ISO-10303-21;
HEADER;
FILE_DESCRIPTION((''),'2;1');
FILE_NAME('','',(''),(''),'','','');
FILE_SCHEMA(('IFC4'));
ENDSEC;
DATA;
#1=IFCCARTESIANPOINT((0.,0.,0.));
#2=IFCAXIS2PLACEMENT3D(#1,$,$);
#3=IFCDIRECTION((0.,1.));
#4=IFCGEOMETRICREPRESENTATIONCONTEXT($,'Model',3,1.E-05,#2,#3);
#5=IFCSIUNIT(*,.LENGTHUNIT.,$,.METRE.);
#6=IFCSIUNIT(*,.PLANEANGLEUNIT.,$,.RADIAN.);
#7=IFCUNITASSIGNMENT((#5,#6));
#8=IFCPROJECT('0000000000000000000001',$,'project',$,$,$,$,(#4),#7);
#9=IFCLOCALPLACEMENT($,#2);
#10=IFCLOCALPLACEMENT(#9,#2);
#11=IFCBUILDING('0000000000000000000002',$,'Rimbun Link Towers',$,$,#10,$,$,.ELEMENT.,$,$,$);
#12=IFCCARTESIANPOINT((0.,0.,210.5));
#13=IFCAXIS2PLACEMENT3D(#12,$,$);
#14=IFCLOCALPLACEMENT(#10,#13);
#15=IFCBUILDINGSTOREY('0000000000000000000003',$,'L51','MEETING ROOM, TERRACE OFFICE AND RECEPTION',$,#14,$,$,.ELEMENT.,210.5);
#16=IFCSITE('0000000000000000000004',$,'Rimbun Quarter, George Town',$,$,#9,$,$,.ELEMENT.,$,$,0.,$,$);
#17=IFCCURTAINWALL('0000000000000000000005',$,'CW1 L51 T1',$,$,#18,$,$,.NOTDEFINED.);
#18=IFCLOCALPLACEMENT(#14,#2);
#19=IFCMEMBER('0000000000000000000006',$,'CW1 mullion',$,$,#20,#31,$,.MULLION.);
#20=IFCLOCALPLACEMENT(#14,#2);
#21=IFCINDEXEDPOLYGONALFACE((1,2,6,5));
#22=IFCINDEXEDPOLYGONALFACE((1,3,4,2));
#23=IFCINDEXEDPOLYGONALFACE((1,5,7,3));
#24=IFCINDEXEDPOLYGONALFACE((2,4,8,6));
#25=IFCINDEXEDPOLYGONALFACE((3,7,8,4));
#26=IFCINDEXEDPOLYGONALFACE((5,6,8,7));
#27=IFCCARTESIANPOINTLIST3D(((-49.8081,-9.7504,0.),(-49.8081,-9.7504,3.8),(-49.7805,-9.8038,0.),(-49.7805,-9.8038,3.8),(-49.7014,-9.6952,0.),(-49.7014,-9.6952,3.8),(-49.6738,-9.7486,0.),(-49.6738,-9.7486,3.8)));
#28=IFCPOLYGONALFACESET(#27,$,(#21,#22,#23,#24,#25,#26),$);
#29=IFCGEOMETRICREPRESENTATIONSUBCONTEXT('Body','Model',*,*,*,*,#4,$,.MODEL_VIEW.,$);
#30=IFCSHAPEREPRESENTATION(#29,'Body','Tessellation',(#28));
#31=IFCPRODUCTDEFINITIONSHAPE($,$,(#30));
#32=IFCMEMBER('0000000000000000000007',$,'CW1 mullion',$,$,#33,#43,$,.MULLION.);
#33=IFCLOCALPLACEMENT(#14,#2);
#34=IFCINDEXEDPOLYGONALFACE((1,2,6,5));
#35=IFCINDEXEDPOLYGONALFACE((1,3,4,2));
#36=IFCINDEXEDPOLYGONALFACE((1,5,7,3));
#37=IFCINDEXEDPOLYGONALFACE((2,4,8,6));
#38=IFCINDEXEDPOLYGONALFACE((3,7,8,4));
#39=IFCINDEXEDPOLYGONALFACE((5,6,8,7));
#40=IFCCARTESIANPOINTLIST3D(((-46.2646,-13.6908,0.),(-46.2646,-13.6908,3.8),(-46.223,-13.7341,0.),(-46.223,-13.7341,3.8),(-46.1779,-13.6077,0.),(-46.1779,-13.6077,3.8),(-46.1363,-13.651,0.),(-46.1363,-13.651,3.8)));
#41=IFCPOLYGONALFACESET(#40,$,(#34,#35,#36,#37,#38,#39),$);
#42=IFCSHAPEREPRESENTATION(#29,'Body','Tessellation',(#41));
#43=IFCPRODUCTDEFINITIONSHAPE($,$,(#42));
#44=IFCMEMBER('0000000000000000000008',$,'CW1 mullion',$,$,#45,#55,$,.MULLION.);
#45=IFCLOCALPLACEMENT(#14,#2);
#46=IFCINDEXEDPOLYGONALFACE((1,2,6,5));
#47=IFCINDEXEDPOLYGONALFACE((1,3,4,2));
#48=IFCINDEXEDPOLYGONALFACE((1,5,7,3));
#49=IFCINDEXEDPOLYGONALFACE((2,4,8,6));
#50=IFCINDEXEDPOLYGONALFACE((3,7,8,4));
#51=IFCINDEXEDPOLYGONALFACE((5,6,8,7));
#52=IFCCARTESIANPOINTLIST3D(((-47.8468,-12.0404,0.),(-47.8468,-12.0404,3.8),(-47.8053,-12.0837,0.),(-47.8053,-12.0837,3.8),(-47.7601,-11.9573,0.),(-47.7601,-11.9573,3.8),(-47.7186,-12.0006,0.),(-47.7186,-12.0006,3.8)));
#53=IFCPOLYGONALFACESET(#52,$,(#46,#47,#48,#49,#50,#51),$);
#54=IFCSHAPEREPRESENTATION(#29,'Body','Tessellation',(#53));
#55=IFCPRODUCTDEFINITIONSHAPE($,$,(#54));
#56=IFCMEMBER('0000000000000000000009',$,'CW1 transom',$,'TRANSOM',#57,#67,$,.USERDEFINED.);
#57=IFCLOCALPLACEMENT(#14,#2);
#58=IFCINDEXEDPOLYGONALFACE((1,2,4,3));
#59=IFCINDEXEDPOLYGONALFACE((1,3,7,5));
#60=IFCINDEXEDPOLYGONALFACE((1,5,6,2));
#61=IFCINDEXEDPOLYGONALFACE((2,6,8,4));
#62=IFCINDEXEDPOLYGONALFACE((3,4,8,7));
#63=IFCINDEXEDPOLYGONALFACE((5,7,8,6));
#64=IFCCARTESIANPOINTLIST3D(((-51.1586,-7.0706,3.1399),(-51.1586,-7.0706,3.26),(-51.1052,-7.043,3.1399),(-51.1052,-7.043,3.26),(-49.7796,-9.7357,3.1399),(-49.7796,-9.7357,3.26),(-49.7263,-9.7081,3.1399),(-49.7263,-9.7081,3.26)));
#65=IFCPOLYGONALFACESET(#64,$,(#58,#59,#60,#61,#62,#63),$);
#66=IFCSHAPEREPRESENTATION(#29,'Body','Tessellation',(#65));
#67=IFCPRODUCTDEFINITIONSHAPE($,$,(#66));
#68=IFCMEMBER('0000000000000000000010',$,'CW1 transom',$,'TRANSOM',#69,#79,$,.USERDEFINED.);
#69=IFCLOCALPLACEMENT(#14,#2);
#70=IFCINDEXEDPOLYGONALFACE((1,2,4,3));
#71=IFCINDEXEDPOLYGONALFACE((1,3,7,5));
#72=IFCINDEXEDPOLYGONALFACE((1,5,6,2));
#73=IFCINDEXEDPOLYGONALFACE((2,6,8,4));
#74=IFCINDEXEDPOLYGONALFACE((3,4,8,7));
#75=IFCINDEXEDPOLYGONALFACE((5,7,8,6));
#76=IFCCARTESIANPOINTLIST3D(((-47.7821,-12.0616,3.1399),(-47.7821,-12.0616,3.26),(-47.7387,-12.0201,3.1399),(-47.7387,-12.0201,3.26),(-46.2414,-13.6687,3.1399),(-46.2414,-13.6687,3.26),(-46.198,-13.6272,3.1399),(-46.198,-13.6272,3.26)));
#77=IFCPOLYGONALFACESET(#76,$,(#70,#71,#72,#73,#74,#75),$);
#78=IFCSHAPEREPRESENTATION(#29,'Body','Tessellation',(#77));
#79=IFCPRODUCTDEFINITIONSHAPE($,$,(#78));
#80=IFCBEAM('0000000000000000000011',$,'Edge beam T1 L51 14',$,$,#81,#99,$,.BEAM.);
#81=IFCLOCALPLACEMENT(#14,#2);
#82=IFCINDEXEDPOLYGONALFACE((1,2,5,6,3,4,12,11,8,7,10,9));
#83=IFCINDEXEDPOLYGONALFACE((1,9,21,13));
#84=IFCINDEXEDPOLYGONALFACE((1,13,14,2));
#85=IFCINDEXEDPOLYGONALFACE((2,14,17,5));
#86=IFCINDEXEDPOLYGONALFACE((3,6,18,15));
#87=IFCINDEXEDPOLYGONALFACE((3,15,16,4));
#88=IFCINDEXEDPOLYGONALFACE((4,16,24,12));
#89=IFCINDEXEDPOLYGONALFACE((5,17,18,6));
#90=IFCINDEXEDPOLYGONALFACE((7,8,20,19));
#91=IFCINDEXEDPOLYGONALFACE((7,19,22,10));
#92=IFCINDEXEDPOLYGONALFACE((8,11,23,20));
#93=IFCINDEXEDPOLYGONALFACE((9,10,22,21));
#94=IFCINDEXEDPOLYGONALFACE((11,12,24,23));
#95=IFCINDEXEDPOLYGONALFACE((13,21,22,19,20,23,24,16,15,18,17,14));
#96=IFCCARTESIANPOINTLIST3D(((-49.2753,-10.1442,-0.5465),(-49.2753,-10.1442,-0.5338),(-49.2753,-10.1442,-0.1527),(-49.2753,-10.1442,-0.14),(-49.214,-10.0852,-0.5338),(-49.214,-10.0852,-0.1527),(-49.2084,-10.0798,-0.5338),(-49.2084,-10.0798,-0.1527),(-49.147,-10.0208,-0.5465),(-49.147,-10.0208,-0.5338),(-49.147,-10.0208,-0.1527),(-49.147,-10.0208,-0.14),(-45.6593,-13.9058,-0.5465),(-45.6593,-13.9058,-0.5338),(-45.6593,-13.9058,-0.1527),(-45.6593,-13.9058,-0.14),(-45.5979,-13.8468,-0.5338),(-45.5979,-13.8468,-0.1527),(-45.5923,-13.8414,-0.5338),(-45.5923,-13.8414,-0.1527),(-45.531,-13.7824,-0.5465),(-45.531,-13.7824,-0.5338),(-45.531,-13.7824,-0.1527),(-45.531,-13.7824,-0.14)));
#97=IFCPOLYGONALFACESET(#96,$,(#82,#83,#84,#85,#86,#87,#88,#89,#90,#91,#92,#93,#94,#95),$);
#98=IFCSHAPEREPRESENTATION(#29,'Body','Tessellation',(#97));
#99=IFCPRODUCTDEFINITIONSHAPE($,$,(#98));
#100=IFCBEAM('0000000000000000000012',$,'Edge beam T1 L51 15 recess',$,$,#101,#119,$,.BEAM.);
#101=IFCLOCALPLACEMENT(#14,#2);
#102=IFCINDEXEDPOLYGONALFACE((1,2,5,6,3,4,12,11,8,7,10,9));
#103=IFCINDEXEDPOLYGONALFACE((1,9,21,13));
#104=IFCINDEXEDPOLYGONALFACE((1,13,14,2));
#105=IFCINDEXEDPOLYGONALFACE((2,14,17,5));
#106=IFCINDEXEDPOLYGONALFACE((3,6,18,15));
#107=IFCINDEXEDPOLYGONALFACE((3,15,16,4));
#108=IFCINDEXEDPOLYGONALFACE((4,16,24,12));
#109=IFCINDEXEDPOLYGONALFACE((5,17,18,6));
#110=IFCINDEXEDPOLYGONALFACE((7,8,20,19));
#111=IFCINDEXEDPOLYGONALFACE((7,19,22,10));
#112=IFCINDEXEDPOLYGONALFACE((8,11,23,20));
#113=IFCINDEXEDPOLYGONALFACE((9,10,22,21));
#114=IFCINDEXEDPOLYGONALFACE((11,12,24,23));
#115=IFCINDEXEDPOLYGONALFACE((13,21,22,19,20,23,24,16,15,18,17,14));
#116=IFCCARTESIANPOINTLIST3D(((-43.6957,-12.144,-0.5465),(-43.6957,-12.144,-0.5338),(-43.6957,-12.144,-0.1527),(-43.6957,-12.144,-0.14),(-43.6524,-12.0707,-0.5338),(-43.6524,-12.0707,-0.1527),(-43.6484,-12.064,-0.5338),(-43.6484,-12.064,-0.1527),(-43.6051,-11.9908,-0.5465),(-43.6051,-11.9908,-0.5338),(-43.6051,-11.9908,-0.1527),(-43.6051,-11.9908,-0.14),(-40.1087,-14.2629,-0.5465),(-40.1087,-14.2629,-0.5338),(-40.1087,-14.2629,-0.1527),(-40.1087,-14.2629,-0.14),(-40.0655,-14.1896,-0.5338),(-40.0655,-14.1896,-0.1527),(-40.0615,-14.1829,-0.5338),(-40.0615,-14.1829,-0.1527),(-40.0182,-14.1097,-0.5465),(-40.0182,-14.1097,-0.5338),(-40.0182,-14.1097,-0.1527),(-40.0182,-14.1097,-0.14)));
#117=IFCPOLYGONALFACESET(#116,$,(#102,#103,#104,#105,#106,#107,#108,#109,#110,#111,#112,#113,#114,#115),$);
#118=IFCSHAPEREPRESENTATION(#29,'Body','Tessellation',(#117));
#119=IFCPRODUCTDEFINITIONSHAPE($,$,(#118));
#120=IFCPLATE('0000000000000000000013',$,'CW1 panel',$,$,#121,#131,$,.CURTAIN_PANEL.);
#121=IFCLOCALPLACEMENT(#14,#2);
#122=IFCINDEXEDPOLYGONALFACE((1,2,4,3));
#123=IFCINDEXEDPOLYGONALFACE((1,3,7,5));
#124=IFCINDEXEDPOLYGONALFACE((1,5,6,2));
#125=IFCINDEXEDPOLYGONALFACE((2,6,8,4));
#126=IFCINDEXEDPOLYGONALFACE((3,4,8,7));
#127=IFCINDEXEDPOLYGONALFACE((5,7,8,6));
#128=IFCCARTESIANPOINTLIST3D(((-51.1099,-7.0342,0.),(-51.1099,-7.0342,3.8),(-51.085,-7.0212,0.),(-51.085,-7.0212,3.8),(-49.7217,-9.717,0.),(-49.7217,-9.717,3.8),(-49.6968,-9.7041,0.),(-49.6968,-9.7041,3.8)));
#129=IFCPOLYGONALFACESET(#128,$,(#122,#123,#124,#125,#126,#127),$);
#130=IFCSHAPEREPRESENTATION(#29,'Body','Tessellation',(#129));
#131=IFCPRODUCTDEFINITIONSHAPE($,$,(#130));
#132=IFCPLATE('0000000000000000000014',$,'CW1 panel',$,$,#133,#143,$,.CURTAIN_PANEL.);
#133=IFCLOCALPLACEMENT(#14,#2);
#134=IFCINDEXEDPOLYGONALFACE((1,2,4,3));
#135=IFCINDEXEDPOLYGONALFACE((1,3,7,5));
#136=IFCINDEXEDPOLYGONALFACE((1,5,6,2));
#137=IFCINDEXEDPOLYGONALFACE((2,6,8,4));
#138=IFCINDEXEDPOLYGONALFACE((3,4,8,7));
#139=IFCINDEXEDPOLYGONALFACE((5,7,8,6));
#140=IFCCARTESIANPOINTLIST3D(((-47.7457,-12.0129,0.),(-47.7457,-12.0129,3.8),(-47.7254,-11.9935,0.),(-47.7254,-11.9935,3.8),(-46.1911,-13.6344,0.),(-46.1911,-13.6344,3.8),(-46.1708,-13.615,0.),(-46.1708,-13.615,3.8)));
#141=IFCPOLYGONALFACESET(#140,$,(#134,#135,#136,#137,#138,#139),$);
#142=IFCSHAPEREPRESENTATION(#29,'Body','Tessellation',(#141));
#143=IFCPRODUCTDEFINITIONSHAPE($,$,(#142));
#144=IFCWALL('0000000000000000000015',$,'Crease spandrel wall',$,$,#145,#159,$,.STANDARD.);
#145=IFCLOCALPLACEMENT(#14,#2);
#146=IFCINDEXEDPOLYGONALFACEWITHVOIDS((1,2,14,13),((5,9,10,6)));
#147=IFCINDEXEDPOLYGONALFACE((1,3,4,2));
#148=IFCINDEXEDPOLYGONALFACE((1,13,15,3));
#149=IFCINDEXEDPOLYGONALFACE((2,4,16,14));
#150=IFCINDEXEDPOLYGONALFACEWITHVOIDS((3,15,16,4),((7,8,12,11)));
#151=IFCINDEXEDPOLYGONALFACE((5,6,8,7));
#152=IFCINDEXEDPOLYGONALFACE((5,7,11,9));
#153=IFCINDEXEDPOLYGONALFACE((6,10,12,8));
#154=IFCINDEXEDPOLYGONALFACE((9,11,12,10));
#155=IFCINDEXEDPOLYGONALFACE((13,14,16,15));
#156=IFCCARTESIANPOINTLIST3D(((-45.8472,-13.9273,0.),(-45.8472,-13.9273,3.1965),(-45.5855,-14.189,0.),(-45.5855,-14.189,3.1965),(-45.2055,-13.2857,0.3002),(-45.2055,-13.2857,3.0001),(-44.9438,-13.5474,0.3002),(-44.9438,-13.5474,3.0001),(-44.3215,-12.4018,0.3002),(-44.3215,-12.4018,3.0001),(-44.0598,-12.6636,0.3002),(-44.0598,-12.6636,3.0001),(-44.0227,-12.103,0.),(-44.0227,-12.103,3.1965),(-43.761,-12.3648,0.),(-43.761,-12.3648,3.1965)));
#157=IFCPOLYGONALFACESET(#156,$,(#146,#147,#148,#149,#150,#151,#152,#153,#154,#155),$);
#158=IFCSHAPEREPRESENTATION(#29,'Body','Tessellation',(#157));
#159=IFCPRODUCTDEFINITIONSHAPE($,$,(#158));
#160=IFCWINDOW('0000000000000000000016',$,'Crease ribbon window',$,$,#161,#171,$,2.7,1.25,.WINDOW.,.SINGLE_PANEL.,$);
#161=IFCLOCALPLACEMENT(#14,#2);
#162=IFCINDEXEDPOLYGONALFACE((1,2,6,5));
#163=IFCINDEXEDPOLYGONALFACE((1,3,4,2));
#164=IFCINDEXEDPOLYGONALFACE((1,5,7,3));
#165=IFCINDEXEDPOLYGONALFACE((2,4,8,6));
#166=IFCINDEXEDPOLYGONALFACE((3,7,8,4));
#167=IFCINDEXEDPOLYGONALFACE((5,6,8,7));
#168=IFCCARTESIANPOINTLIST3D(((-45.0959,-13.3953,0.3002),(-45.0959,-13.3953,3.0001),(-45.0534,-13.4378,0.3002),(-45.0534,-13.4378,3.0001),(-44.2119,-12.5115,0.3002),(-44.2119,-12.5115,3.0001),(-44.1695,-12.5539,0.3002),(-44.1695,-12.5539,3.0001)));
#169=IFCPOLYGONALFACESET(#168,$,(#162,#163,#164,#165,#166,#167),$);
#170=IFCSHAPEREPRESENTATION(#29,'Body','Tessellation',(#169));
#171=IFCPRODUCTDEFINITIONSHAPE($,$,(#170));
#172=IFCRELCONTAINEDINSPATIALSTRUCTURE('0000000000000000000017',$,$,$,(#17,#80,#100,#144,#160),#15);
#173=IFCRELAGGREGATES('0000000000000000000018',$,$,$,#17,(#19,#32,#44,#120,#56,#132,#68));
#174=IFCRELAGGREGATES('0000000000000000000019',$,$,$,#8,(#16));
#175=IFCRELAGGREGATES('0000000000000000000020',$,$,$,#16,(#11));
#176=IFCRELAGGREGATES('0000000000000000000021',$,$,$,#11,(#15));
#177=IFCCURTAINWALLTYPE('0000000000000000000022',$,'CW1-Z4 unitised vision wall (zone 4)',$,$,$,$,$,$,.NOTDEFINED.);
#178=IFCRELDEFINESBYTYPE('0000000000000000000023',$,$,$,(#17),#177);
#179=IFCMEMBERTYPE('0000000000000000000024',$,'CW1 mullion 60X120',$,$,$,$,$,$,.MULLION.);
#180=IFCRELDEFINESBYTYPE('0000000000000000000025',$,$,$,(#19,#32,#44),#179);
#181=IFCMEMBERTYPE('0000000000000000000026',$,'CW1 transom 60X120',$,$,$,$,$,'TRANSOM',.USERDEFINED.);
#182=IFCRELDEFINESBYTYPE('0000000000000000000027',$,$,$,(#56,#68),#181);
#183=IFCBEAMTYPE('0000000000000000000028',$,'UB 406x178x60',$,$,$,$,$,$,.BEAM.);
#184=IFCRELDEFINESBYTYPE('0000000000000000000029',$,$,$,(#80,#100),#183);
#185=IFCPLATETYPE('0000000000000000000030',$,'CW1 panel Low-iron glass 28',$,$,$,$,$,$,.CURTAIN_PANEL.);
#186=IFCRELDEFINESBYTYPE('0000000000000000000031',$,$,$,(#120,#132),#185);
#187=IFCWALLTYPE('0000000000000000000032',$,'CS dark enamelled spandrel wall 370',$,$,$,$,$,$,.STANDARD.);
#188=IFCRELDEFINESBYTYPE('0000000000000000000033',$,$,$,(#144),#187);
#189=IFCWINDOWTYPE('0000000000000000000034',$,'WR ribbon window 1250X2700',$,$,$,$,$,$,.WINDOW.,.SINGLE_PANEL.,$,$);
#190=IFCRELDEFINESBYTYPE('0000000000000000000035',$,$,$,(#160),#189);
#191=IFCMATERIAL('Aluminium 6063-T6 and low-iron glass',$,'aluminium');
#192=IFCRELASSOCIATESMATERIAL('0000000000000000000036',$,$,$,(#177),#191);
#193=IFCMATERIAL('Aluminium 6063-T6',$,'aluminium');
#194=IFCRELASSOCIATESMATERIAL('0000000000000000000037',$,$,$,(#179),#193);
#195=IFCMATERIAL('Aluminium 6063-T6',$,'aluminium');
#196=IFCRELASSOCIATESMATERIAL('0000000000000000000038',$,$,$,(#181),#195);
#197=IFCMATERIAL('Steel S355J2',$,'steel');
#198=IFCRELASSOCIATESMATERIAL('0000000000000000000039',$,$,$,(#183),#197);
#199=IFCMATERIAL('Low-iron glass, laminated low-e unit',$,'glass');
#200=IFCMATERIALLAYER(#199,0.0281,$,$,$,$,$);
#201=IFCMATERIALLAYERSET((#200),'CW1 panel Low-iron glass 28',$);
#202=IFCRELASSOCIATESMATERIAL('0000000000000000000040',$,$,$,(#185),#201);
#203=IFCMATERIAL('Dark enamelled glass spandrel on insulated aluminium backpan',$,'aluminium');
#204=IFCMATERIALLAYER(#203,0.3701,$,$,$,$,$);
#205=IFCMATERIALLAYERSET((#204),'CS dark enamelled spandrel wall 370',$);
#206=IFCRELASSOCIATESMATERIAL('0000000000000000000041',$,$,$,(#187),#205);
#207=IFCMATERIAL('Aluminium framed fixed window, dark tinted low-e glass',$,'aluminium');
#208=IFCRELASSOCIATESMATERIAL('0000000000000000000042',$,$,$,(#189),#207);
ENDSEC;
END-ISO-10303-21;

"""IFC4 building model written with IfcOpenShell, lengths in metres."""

from ifc_helpers import new_model, si_unit, direction, frame, frame_2d, origin, origin_2d, place, context, subcontext, project, spatial, rectangle, i_section, extrude, material, layer, layer_set, material_profile, profile_set, type_object, element, fill, aggregate, save


model = new_model("IFC4")

# Units and contexts
model_context = context("Model", 3, precision=1e-05, world=origin(), true_north=direction((0.0, 1.0)))
body_context = subcontext(model_context, "Body", "Model", "MODEL_VIEW")
ifc_project = project(units=[si_unit("LENGTHUNIT", "METRE"), si_unit("PLANEANGLEUNIT", "RADIAN")], contexts=[model_context])

# Site, building, storey
site_placement = place(None, origin())
site = spatial("IfcSite", under=ifc_project, at=site_placement, Name="Rimbun Quarter, George Town", CompositionType="ELEMENT", RefElevation=0.0)
building_placement = place(site_placement, origin())
building = spatial("IfcBuilding", under=site, at=building_placement, Name="Rimbun Link Towers", CompositionType="ELEMENT")
storey_placement = place(building_placement, frame((0.0, 0.0, 210.5)))
storey = spatial("IfcBuildingStorey", under=building, at=storey_placement, Name="L51", Description="MEETING ROOM, TERRACE OFFICE AND RECEPTION", CompositionType="ELEMENT", Elevation=210.5)

# Curtain wall, members
ifc_material_1 = material(Name="Aluminium 6063-T6 and low-iron glass", Category="aluminium")
curtain_wall_type = type_object("IfcCurtainWallType", Name="CW1-Z4 unitised vision wall (zone 4)", PredefinedType="NOTDEFINED", material=ifc_material_1)
curtain_wall_placement = place(storey_placement, origin())
curtain_wall = element("IfcCurtainWall", 1, at=curtain_wall_placement, inside=storey, type_object=curtain_wall_type, Name="CW1 L51 T1", PredefinedType="NOTDEFINED")
ifc_material_2 = material(Name="Aluminium 6063-T6", Category="aluminium")
ifc_material_profile_1 = material_profile(ifc_material_2, rectangle(XDim=0.1201, YDim=0.0601, at=origin_2d()), Name="MULLION 60X120")
ifc_profile_set_1 = profile_set([ifc_material_profile_1], Name="Aluminium 6063-T6")
member_type_1 = type_object("IfcMemberType", Name="CW1 mullion 60X120", PredefinedType="MULLION", material=ifc_profile_set_1)
member_1_placement = place(storey_placement, frame((-49.741, -9.7495, 0.0), z_axis=(0.0, 0.0, 1.0), x_axis=(-0.88815, -0.459554, 0.0)))
member_1 = element("IfcMember", 2, at=member_1_placement, type_object=member_type_1, Name="CW1 mullion", PredefinedType="MULLION", context=body_context, shape_type="SweptSolid", body=[
    extrude(rectangle(XDim=0.1201, YDim=0.0601, at=origin_2d()), origin(), (0.0, 0.0, 1.0), 3.8),
])
member_2_placement = place(storey_placement, frame((-46.2004, -13.6709, 0.0), z_axis=(0.0, 0.0, 1.0), x_axis=(-0.721846, -0.692053, 0.0)))
member_2 = element("IfcMember", 3, at=member_2_placement, type_object=member_type_1, Name="CW1 mullion", PredefinedType="MULLION", context=body_context, shape_type="SweptSolid", body=[
    extrude(rectangle(XDim=0.1201, YDim=0.0601, at=origin_2d()), origin(), (0.0, 0.0, 1.0), 3.8),
])
member_3_placement = place(storey_placement, frame((-47.7827, -12.0205, 0.0), z_axis=(0.0, 0.0, 1.0), x_axis=(-0.721846, -0.692053, 0.0)))
member_3 = element("IfcMember", 4, at=member_3_placement, type_object=member_type_1, Name="CW1 mullion", PredefinedType="MULLION", context=body_context, shape_type="SweptSolid", body=[
    extrude(rectangle(XDim=0.1201, YDim=0.0601, at=origin_2d()), origin(), (0.0, 0.0, 1.0), 3.8),
])
ifc_material_3 = material(Name="Aluminium 6063-T6", Category="aluminium")
ifc_material_profile_2 = material_profile(ifc_material_3, rectangle(XDim=0.0601, YDim=0.1201, at=origin_2d()), Name="TRANSOM 60X120")
ifc_profile_set_2 = profile_set([ifc_material_profile_2], Name="Aluminium 6063-T6")
member_type_2 = type_object("IfcMemberType", Name="CW1 transom 60X120", ElementType="TRANSOM", PredefinedType="USERDEFINED", material=ifc_profile_set_2)
member_4_placement = place(storey_placement, frame((-49.7529, -9.7219, 3.2), z_axis=(-0.459538, 0.888158, 0.0), x_axis=(-0.888158, -0.459538, 0.0)))
member_4 = element("IfcMember", 5, at=member_4_placement, type_object=member_type_2, Name="CW1 transom", ObjectType="TRANSOM", PredefinedType="USERDEFINED", context=body_context, shape_type="SweptSolid", body=[
    extrude(rectangle(XDim=0.0601, YDim=0.1201, at=origin_2d()), origin(), (0.0, 0.0, 1.0), 3.0007),
])
member_5_placement = place(storey_placement, frame((-46.2197, -13.6479, 3.2), z_axis=(-0.692036, 0.721863, 0.0), x_axis=(-0.721863, -0.692036, 0.0)))
member_5 = element("IfcMember", 6, at=member_5_placement, type_object=member_type_2, Name="CW1 transom", ObjectType="TRANSOM", PredefinedType="USERDEFINED", context=body_context, shape_type="SweptSolid", body=[
    extrude(rectangle(XDim=0.0601, YDim=0.1201, at=origin_2d()), origin(), (0.0, 0.0, 1.0), 2.2263),
])

# Beams
ifc_material_4 = material(Name="Steel S355J2", Category="steel")
ifc_material_profile_3 = material_profile(ifc_material_4, i_section(OverallWidth=0.178, OverallDepth=0.4065, WebThickness=0.0078, FlangeThickness=0.0127, at=origin_2d()), Name="UB 406x178x60")
ifc_profile_set_3 = profile_set([ifc_material_profile_3], Name="Steel S355J2")
beam_type = type_object("IfcBeamType", Name="UB 406x178x60", PredefinedType="BEAM", material=ifc_profile_set_3)
beam_1_placement = place(storey_placement, frame((-49.2112, -10.0825, -0.3433), z_axis=(0.693025, -0.720913, 0.0), x_axis=(0.720913, 0.693025, 0.0)))
element("IfcBeam", 7, at=beam_1_placement, inside=storey, type_object=beam_type, Name="Edge beam T1 L51 14", PredefinedType="BEAM", context=body_context, shape_type="SweptSolid", body=[
    extrude(i_section(OverallWidth=0.178, OverallDepth=0.4065, WebThickness=0.0078, FlangeThickness=0.0127, at=origin_2d()), origin(), (0.0, 0.0, 1.0), 5.2178),
])
beam_2_placement = place(storey_placement, frame((-43.6504, -12.0674, -0.3433), z_axis=(0.860994, -0.508615, 0.0), x_axis=(0.508615, 0.860994, 0.0)))
element("IfcBeam", 8, at=beam_2_placement, inside=storey, type_object=beam_type, Name="Edge beam T1 L51 15 recess", PredefinedType="BEAM", context=body_context, shape_type="SweptSolid", body=[
    extrude(i_section(OverallWidth=0.178, OverallDepth=0.4065, WebThickness=0.0078, FlangeThickness=0.0127, at=origin_2d()), origin(), (0.0, 0.0, 1.0), 4.166),
])

# Plates
ifc_material_5 = material(Name="Low-iron glass, laminated low-e unit", Category="glass")
ifc_layer_1 = layer(ifc_material_5, 0.0281)
ifc_layer_set_1 = layer_set([ifc_layer_1], Name="CW1 panel Low-iron glass 28")
plate_type = type_object("IfcPlateType", Name="CW1 panel Low-iron glass 28", PredefinedType="CURTAIN_PANEL", material=ifc_layer_set_1)
plate_1_placement = place(storey_placement, frame((-50.4033, -8.3691, 0.0), z_axis=(0.0, 0.0, 1.0), x_axis=(-0.459554, 0.88815, 0.0)))
plate_1 = element("IfcPlate", 9, at=plate_1_placement, type_object=plate_type, Name="CW1 panel", PredefinedType="CURTAIN_PANEL", context=body_context, shape_type="SweptSolid", body=[
    extrude(rectangle(XDim=3.0208, YDim=0.0281, at=origin_2d()), origin(), (0.0, 0.0, 1.0), 3.8),
])
plate_2_placement = place(storey_placement, frame((-46.9583, -12.814, 0.0), z_axis=(0.0, 0.0, 1.0), x_axis=(-0.692053, 0.721846, 0.0)))
plate_2 = element("IfcPlate", 10, at=plate_2_placement, type_object=plate_type, Name="CW1 panel", PredefinedType="CURTAIN_PANEL", context=body_context, shape_type="SweptSolid", body=[
    extrude(rectangle(XDim=2.2463, YDim=0.0281, at=origin_2d()), origin(), (0.0, 0.0, 1.0), 3.8),
])
aggregate(curtain_wall, [member_1, member_2, member_3, plate_1, member_4, plate_2, member_5])

# Wall, opening, window
ifc_material_6 = material(Name="Dark enamelled glass spandrel on insulated aluminium backpan", Category="aluminium")
ifc_layer_2 = layer(ifc_material_6, 0.3701)
ifc_layer_set_2 = layer_set([ifc_layer_2], Name="CS dark enamelled spandrel wall 370")
wall_type_1 = type_object("IfcWallType", Name="CS dark enamelled spandrel wall 370", PredefinedType="STANDARD", material=ifc_layer_set_2)
wall_1_placement = place(storey_placement, frame((-43.8918, -12.2339, 0.0), z_axis=(0.0, 0.0, 1.0), x_axis=(-0.707154, -0.707059, 0.0)))
wall_1 = element("IfcWall", 11, at=wall_1_placement, inside=storey, type_object=wall_type_1, Name="Crease spandrel wall", PredefinedType="STANDARD", context=body_context, shape_type="SweptSolid", body=[
    extrude(rectangle(XDim=2.5801, YDim=0.3701, at=frame_2d((1.29, 0.0))), origin(), (0.0, 0.0, 1.0), 3.1965),
])
opening_1_placement = place(wall_1_placement, frame((0.4226, 0.0, 0.3)))
opening_1 = element("IfcOpeningElement", 12, at=opening_1_placement, cuts=wall_1, PredefinedType="OPENING", context=body_context, shape_type="SweptSolid", body=[
    extrude(rectangle(XDim=1.25, YDim=2.7, at=frame_2d((0.625, 1.3501))), frame((0.0, 0.1951, 0.0), z_axis=(0.0, -1.0, 0.0), x_axis=(1.0, 0.0, 0.0)), (0.0, 0.0, 1.0), 0.3901),
])
ifc_material_7 = material(Name="Aluminium framed fixed window, dark tinted low-e glass", Category="aluminium")
window_type = type_object("IfcWindowType", Name="WR ribbon window 1250X2700", PartitioningType="SINGLE_PANEL", PredefinedType="WINDOW", material=ifc_material_7)
window_placement = place(opening_1_placement, origin())
window = element("IfcWindow", 13, at=window_placement, inside=storey, type_object=window_type, Name="Crease ribbon window", OverallHeight=2.7, OverallWidth=1.25, PartitioningType="SINGLE_PANEL", PredefinedType="WINDOW", context=body_context, shape_type="SweptSolid", body=[
    extrude(rectangle(XDim=1.25, YDim=2.7, at=frame_2d((0.625, 1.3501))), frame((0.0, 0.03, 0.0), z_axis=(0.0, -1.0, 0.0), x_axis=(1.0, 0.0, 0.0)), (0.0, 0.0, 1.0), 0.0601),
])
fill(opening_1, window)

save(model, "model.ifc")
